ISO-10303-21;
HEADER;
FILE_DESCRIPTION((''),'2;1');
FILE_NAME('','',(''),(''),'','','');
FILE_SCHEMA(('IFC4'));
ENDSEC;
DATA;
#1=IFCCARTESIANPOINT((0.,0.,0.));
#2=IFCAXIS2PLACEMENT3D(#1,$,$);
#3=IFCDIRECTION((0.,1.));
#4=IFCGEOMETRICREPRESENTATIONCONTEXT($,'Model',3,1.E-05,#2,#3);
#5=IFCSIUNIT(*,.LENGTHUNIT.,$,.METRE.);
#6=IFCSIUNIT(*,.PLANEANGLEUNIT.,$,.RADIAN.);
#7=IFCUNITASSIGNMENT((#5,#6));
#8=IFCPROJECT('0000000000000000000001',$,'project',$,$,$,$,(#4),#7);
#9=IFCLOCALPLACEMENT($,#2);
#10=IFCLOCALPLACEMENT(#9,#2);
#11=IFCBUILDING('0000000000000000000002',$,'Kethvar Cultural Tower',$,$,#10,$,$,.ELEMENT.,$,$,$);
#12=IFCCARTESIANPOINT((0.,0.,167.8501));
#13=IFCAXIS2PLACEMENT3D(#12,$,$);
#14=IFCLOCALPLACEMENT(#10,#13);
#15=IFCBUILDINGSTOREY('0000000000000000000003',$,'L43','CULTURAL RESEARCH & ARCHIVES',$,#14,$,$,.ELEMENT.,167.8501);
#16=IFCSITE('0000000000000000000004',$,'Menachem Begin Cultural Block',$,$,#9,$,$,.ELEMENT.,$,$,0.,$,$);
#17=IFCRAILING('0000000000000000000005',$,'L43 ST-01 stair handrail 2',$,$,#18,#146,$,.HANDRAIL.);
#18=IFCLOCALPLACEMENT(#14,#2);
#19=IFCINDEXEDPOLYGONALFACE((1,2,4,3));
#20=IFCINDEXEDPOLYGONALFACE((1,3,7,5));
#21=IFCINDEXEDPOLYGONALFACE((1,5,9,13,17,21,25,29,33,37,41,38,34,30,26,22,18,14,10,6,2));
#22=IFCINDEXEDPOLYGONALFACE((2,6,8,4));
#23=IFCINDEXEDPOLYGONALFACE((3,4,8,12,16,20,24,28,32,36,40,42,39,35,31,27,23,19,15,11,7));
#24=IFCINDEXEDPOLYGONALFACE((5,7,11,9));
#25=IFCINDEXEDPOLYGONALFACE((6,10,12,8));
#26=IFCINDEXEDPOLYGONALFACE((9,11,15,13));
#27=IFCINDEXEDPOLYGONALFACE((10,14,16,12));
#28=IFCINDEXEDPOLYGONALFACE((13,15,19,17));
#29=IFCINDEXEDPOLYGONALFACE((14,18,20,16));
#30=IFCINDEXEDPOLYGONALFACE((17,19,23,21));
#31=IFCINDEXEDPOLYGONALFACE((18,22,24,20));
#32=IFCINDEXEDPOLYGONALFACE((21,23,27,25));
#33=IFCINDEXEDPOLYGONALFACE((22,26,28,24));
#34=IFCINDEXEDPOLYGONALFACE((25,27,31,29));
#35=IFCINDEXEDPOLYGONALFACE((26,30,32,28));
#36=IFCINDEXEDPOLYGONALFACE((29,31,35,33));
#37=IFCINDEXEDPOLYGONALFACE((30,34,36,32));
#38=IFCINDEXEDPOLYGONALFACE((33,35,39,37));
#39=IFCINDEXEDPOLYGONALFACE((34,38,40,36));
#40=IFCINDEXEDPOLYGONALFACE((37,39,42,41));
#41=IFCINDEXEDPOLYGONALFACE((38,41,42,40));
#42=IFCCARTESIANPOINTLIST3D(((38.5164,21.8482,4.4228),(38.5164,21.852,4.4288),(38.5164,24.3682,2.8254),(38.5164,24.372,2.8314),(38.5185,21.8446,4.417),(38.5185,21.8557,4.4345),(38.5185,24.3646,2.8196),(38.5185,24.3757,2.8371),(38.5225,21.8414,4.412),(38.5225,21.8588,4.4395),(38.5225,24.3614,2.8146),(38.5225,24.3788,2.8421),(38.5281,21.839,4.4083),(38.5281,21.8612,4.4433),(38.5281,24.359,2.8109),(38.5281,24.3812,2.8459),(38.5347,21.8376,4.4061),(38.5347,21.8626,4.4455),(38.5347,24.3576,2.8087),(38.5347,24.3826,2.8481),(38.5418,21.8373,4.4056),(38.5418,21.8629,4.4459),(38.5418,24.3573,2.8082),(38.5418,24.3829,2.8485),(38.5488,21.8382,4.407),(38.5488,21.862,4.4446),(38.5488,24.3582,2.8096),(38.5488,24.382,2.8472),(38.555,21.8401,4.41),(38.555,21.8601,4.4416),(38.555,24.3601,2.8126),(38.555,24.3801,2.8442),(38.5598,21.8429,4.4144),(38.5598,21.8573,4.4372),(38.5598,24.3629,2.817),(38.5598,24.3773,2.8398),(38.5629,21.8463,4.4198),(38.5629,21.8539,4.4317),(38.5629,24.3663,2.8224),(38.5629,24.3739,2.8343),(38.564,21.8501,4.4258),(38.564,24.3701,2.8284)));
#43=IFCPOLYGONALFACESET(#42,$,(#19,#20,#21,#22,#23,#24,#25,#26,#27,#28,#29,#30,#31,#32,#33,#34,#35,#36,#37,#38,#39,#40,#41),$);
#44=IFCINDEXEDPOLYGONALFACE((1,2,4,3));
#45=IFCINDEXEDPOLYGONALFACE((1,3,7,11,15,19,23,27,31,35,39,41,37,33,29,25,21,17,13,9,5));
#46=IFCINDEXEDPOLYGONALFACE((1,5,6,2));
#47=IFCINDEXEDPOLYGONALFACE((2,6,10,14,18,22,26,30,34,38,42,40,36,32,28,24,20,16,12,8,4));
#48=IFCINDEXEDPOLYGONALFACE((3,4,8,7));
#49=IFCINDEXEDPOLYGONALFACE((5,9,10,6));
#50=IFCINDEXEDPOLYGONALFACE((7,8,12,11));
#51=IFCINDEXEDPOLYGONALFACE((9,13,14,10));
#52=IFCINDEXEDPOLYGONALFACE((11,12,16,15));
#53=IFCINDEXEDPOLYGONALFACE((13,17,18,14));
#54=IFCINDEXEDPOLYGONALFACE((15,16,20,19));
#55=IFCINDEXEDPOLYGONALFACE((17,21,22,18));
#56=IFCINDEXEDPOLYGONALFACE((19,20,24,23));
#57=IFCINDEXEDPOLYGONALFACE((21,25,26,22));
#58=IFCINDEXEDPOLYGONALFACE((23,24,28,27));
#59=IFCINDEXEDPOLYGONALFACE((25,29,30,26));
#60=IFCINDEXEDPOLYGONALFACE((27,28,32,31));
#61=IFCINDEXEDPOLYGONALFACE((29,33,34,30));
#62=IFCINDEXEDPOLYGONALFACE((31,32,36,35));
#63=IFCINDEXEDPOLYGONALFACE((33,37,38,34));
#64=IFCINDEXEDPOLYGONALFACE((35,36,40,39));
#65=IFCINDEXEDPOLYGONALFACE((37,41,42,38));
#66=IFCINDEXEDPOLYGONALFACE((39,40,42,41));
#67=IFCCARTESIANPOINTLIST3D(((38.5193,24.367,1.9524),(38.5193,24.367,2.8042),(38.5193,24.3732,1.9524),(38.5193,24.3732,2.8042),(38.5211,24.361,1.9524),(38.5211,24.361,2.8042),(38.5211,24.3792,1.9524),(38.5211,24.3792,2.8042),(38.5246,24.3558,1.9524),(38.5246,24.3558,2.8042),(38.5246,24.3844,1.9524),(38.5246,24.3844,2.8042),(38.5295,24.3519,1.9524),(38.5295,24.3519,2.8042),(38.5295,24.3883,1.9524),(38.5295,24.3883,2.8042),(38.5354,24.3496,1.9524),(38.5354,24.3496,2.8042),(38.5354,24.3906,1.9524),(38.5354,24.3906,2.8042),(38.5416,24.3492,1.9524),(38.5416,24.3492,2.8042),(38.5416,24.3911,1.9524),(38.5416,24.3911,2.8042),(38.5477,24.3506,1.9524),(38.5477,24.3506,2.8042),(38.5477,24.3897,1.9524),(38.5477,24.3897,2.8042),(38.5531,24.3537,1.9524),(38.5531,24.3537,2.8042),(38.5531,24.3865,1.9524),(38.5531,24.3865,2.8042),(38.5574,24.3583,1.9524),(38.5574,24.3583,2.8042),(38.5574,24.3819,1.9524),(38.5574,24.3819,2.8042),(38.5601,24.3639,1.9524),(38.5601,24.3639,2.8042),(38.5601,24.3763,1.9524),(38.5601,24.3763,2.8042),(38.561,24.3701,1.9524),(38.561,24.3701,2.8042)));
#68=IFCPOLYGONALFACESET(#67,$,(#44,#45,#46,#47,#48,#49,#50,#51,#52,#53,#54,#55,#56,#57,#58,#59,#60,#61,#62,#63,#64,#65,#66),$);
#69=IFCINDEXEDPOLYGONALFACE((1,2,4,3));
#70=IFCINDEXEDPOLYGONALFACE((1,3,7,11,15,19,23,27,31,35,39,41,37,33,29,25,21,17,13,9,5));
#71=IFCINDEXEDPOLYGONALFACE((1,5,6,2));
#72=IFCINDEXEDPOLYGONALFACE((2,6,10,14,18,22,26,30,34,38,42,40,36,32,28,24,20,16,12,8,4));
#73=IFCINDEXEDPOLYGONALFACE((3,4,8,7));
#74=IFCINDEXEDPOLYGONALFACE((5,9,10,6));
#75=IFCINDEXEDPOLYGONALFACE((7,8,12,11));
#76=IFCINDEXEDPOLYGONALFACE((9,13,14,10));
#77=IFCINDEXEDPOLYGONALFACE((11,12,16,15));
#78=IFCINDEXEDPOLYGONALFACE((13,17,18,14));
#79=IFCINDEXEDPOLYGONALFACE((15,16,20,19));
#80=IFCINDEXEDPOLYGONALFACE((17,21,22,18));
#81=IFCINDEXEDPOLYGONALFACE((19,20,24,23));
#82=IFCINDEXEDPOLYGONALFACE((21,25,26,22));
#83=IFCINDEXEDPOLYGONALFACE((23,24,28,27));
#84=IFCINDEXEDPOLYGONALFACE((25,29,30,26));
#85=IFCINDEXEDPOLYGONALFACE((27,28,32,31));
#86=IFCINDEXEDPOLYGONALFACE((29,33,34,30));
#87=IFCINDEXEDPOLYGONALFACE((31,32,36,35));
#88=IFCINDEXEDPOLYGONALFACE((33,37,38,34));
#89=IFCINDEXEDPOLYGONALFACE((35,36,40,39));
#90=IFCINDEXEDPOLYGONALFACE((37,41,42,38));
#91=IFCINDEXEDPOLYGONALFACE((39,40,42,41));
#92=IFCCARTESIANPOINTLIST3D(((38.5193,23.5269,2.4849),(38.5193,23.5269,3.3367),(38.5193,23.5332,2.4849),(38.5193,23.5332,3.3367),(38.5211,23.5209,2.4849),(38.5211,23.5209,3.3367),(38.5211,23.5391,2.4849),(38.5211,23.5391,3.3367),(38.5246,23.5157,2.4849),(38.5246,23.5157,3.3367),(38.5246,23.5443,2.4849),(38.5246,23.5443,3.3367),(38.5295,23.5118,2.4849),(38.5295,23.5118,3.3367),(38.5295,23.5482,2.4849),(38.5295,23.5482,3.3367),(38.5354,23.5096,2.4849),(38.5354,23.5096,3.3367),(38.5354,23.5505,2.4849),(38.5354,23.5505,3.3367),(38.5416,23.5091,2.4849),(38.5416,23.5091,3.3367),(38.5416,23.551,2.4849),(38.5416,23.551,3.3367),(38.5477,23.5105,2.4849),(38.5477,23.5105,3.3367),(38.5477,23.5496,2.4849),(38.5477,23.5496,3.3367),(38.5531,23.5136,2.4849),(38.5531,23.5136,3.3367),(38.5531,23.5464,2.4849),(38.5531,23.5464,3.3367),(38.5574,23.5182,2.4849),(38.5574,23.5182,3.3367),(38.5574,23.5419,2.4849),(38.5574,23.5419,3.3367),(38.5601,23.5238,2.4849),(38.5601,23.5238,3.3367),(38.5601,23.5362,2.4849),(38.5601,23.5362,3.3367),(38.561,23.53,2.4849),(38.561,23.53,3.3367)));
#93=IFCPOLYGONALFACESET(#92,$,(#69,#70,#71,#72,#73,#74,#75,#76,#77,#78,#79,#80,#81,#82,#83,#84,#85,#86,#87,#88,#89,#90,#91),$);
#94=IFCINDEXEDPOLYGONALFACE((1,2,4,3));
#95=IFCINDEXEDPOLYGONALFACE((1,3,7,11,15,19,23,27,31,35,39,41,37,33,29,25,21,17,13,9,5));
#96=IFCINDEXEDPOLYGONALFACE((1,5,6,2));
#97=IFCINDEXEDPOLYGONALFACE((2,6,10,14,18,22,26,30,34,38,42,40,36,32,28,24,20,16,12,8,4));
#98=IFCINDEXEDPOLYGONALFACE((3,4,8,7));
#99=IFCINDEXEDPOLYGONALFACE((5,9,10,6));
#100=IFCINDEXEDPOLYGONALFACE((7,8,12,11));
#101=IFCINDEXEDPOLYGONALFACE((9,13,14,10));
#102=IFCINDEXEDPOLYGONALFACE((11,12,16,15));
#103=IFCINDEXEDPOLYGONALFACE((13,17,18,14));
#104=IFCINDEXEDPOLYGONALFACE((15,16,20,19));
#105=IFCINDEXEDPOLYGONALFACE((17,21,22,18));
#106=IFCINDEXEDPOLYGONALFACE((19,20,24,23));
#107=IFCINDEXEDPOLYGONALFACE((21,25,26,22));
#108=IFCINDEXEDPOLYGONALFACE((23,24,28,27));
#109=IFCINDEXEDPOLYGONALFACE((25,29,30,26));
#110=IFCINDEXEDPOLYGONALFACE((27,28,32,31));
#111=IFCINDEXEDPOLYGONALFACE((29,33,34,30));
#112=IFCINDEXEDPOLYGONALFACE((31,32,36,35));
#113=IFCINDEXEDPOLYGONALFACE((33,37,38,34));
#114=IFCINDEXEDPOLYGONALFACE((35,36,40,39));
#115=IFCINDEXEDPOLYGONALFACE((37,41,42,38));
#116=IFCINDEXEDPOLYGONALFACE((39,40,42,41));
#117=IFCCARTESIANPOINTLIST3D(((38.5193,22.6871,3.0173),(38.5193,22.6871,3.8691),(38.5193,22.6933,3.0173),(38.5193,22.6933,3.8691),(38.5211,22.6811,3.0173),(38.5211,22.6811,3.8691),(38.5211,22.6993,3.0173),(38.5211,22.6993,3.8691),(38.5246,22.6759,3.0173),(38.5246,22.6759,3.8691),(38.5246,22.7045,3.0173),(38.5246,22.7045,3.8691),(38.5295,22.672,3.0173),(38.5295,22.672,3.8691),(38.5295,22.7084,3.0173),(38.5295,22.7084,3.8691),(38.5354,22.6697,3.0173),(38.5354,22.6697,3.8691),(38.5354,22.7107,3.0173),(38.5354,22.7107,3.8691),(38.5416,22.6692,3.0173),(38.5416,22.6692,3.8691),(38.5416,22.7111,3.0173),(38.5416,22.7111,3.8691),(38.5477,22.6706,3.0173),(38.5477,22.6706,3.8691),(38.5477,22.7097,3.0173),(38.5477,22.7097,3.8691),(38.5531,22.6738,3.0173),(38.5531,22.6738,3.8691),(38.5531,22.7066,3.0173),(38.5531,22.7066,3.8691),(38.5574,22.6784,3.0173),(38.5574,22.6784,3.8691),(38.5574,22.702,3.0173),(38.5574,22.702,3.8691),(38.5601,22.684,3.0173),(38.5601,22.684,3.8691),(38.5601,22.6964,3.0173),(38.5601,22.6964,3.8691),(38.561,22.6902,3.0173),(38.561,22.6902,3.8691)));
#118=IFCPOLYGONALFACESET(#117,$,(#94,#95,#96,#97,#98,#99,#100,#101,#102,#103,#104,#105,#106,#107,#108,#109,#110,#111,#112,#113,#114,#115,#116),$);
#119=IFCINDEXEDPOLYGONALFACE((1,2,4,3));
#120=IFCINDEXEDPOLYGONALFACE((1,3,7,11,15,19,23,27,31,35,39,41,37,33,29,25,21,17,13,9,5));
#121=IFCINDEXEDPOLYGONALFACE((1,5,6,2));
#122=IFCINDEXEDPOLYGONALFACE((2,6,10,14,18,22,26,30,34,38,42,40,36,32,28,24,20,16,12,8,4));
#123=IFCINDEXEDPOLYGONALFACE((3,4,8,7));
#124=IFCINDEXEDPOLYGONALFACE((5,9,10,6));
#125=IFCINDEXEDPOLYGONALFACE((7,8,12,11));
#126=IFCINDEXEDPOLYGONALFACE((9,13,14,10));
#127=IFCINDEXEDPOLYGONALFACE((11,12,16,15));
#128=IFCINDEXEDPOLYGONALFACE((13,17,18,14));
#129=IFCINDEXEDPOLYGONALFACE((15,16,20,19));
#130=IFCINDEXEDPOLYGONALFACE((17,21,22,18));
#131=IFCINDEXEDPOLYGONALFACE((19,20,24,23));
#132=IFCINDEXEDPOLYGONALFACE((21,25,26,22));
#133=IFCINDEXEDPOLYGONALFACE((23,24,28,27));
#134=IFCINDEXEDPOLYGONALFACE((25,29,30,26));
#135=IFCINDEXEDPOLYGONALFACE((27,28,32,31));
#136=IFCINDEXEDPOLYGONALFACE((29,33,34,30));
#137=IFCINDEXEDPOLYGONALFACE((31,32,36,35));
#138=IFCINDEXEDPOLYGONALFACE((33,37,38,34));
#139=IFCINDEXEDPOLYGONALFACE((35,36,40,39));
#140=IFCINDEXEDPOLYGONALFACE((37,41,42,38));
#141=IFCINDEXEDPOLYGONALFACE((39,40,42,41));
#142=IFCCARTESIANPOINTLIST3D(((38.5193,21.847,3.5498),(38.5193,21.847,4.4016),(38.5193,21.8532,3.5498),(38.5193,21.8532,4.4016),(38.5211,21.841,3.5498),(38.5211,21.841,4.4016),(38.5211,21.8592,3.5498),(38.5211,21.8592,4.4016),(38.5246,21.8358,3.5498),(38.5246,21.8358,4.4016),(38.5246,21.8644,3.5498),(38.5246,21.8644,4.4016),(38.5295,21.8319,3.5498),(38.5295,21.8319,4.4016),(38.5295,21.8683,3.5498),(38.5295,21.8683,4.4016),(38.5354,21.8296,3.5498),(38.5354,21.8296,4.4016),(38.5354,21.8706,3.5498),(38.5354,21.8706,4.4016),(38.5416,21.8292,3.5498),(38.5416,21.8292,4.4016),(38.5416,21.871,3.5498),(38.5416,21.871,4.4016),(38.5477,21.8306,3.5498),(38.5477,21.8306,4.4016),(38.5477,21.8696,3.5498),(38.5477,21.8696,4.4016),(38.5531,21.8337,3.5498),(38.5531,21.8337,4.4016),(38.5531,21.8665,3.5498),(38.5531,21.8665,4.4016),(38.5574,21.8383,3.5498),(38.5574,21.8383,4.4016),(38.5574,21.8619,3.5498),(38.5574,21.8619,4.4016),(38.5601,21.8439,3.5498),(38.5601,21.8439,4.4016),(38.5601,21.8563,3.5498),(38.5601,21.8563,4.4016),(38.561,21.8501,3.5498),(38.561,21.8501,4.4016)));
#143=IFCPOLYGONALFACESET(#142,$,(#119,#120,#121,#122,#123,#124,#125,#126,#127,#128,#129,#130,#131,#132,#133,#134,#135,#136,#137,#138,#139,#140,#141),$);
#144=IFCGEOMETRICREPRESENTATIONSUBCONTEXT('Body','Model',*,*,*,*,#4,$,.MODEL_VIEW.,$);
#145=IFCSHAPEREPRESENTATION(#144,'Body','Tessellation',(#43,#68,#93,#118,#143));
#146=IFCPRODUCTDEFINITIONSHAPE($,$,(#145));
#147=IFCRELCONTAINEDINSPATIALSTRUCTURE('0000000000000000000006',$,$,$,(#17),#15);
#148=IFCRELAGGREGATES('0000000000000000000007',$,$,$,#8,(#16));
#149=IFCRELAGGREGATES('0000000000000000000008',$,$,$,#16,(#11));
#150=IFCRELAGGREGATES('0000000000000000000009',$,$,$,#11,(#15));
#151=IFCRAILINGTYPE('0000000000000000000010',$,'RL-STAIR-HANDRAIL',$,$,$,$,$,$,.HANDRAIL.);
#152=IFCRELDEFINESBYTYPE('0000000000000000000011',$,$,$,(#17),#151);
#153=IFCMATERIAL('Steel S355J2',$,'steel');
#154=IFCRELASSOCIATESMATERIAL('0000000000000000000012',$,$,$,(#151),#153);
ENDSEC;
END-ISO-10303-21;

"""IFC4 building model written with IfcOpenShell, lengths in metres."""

from ifc_helpers import new_model, si_unit, direction, frame, origin, origin_2d, place, context, subcontext, project, spatial, circle, extrude, material, type_object, element, save


model = new_model("IFC4")

# Units and contexts
model_context = context("Model", 3, precision=1e-05, world=origin(), true_north=direction((0.0, 1.0)))
body_context = subcontext(model_context, "Body", "Model", "MODEL_VIEW")
ifc_project = project(units=[si_unit("LENGTHUNIT", "METRE"), si_unit("PLANEANGLEUNIT", "RADIAN")], contexts=[model_context])

# Site, building, storey
site_placement = place(None, origin())
site = spatial("IfcSite", under=ifc_project, at=site_placement, Name="Menachem Begin Cultural Block", CompositionType="ELEMENT", RefElevation=0.0)
building_placement = place(site_placement, origin())
building = spatial("IfcBuilding", under=site, at=building_placement, Name="Kethvar Cultural Tower", CompositionType="ELEMENT")
storey_placement = place(building_placement, frame((0.0, 0.0, 167.8501)))
storey = spatial("IfcBuildingStorey", under=building, at=storey_placement, Name="L43", Description="CULTURAL RESEARCH & ARCHIVES", CompositionType="ELEMENT", Elevation=167.8501)

# Shared definitions
ifc_material_1 = material(Name="Steel S355J2", Category="steel")

# Railing
railing_type_1 = type_object("IfcRailingType", Name="RL-STAIR-HANDRAIL", PredefinedType="HANDRAIL", material=ifc_material_1)
railing_1_placement = place(storey_placement, frame((38.54, 24.3701, 1.9524)))
element("IfcRailing", 1, at=railing_1_placement, inside=storey, type_object=railing_type_1, Name="L43 ST-01 stair handrail 2", PredefinedType="HANDRAIL", context=body_context, shape_type="SweptSolid", body=[
    extrude(circle(Radius=0.0239, at=origin_2d()), frame((0.0, 0.0, 0.876), z_axis=(0.0, -0.844607, 0.535387), x_axis=(1.0, 0.0, 0.0)), (0.0, 0.0, 1.0), 2.9836),
    extrude(circle(Radius=0.021, at=origin_2d()), origin(), (0.0, 0.0, 1.0), 0.8518),
    extrude(circle(Radius=0.021, at=origin_2d()), frame((0.0, -0.8401, 0.5325)), (0.0, 0.0, 1.0), 0.8518),
    extrude(circle(Radius=0.021, at=origin_2d()), frame((0.0, -1.6799, 1.0649)), (0.0, 0.0, 1.0), 0.8518),
    extrude(circle(Radius=0.021, at=origin_2d()), frame((0.0, -2.52, 1.5974)), (0.0, 0.0, 1.0), 0.8518),
])

save(model, "model.ifc")
